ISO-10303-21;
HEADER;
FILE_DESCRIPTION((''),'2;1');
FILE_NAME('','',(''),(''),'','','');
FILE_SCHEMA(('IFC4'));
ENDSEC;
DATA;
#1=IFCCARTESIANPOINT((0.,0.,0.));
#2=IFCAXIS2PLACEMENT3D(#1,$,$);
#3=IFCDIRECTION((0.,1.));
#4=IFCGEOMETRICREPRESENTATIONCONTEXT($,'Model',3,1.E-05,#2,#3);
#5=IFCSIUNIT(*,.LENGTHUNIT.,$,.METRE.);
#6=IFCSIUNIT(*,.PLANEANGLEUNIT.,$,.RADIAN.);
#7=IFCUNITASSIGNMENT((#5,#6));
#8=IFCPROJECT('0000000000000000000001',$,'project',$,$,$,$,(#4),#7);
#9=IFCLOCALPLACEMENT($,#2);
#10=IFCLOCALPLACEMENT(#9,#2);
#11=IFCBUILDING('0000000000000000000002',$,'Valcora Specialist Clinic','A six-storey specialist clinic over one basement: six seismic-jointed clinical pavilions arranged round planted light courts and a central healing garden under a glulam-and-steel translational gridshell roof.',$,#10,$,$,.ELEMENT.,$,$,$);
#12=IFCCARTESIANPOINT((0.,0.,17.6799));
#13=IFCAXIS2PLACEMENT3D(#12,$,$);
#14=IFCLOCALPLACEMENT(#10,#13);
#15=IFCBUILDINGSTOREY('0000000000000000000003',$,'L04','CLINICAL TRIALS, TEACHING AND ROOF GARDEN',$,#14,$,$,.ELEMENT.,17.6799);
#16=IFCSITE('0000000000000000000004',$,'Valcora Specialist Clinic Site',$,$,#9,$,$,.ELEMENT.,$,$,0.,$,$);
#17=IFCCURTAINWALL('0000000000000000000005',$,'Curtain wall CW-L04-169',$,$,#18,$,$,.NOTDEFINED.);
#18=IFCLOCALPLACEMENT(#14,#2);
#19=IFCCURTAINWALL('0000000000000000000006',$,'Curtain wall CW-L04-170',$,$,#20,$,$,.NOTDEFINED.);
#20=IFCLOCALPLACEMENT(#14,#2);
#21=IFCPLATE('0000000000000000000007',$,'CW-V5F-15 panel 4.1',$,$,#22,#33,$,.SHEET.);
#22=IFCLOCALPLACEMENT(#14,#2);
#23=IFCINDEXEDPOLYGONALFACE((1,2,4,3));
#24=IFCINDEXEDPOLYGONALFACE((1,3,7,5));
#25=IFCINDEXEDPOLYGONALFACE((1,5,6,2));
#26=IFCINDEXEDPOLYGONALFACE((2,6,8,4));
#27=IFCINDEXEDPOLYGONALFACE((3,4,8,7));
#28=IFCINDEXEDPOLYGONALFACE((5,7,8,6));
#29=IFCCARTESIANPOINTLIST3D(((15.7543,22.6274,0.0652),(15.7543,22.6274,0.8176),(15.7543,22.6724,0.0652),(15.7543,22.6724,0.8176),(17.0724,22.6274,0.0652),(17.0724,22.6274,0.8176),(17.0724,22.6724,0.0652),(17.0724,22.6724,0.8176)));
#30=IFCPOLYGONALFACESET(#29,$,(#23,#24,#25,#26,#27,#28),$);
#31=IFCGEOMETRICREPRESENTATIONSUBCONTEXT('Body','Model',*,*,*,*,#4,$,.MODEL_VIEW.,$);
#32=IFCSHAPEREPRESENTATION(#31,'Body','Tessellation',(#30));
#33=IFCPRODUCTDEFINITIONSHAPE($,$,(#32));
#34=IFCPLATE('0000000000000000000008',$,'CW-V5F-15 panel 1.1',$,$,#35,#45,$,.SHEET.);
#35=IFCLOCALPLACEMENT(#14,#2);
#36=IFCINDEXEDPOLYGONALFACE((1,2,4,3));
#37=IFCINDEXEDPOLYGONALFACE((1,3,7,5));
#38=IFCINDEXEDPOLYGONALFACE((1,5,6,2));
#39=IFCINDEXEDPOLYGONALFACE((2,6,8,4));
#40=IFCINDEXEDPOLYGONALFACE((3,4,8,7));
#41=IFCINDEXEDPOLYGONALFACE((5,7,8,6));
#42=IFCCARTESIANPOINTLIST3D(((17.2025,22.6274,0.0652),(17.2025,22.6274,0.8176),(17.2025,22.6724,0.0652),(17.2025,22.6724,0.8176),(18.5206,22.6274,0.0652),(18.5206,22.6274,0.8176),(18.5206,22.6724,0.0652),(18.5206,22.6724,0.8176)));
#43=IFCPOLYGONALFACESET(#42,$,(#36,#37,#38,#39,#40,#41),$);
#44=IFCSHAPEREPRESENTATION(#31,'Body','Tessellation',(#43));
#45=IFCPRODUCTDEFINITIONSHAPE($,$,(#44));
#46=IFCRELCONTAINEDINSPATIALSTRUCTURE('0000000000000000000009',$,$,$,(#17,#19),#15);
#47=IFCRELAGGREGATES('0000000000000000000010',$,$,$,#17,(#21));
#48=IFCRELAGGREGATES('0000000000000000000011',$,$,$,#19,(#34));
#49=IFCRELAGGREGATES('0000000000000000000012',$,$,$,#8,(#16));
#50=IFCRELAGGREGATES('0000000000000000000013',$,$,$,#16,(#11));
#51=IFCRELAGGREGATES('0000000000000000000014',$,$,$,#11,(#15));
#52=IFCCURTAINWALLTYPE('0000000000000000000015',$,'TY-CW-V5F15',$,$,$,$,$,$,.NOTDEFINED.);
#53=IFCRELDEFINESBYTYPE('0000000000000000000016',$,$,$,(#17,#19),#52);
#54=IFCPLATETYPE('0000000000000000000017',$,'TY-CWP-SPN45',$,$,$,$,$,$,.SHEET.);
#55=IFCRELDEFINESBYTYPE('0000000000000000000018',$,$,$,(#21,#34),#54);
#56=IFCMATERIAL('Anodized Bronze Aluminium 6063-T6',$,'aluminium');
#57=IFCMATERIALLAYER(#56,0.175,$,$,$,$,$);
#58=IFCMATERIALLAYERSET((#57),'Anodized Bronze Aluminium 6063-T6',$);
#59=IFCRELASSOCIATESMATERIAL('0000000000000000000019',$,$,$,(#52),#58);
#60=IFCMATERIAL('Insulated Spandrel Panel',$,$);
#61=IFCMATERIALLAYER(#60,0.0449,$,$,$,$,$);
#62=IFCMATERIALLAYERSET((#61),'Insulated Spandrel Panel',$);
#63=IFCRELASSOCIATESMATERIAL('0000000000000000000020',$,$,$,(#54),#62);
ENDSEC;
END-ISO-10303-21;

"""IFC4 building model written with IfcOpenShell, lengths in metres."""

from ifc_helpers import new_model, si_unit, direction, frame, origin, origin_2d, place, context, subcontext, project, spatial, rectangle, extrude, material, layer, layer_set, type_object, element, aggregate, save


model = new_model("IFC4")

# Units and contexts
model_context = context("Model", 3, precision=1e-05, world=origin(), true_north=direction((0.0, 1.0)))
body_context = subcontext(model_context, "Body", "Model", "MODEL_VIEW")
ifc_project = project(units=[si_unit("LENGTHUNIT", "METRE"), si_unit("PLANEANGLEUNIT", "RADIAN")], contexts=[model_context])

# Site, building, storey
site_placement = place(None, origin())
site = spatial("IfcSite", under=ifc_project, at=site_placement, Name="Valcora Specialist Clinic Site", CompositionType="ELEMENT", RefElevation=0.0)
building_placement = place(site_placement, origin())
building = spatial("IfcBuilding", under=site, at=building_placement, Name="Valcora Specialist Clinic", Description="A six-storey specialist clinic over one basement: six seismic-jointed clinical pavilions arranged round planted light courts and a central healing garden under a glulam-and-steel translational gridshell roof.", CompositionType="ELEMENT")
storey_placement = place(building_placement, frame((0.0, 0.0, 17.6799)))
storey = spatial("IfcBuildingStorey", under=building, at=storey_placement, Name="L04", Description="CLINICAL TRIALS, TEACHING AND ROOF GARDEN", CompositionType="ELEMENT", Elevation=17.6799)

# Curtain wall
ifc_material_1 = material(Name="Anodized Bronze Aluminium 6063-T6", Category="aluminium")
ifc_layer_1 = layer(ifc_material_1, 0.175)
ifc_layer_set_1 = layer_set([ifc_layer_1], Name="Anodized Bronze Aluminium 6063-T6")
curtain_wall_type = type_object("IfcCurtainWallType", Name="TY-CW-V5F15", PredefinedType="NOTDEFINED", material=ifc_layer_set_1)
curtain_wall_1_placement = place(storey_placement, origin())
curtain_wall_1 = element("IfcCurtainWall", 1, at=curtain_wall_1_placement, inside=storey, type_object=curtain_wall_type, Name="Curtain wall CW-L04-169", PredefinedType="NOTDEFINED")

# Curtain wall
curtain_wall_2_placement = place(storey_placement, origin())
curtain_wall_2 = element("IfcCurtainWall", 2, at=curtain_wall_2_placement, inside=storey, type_object=curtain_wall_type, Name="Curtain wall CW-L04-170", PredefinedType="NOTDEFINED")

# Plates
ifc_material_2 = material(Name="Insulated Spandrel Panel")
ifc_layer_2 = layer(ifc_material_2, 0.0449)
ifc_layer_set_2 = layer_set([ifc_layer_2], Name="Insulated Spandrel Panel")
plate_type_1 = type_object("IfcPlateType", Name="TY-CWP-SPN45", PredefinedType="SHEET", material=ifc_layer_set_2)
plate_1_placement = place(storey_placement, frame((16.4133, 22.6499, 0.0652), z_axis=(0.0, 0.0, 1.0), x_axis=(1.0, 0.0, 0.0)))
plate_1 = element("IfcPlate", 3, at=plate_1_placement, type_object=plate_type_1, Name="CW-V5F-15 panel 4.1", PredefinedType="SHEET", context=body_context, shape_type="SweptSolid", body=[
    extrude(rectangle(XDim=1.3181, YDim=0.0449, at=origin_2d()), origin(), (0.0, 0.0, 1.0), 0.7524),
])
aggregate(curtain_wall_1, [plate_1])
plate_2_placement = place(storey_placement, frame((17.8616, 22.6499, 0.0652), z_axis=(0.0, 0.0, 1.0), x_axis=(1.0, 0.0, 0.0)))
plate_2 = element("IfcPlate", 4, at=plate_2_placement, type_object=plate_type_1, Name="CW-V5F-15 panel 1.1", PredefinedType="SHEET", context=body_context, shape_type="SweptSolid", body=[
    extrude(rectangle(XDim=1.3181, YDim=0.0449, at=origin_2d()), origin(), (0.0, 0.0, 1.0), 0.7524),
])
aggregate(curtain_wall_2, [plate_2])

save(model, "model.ifc")
